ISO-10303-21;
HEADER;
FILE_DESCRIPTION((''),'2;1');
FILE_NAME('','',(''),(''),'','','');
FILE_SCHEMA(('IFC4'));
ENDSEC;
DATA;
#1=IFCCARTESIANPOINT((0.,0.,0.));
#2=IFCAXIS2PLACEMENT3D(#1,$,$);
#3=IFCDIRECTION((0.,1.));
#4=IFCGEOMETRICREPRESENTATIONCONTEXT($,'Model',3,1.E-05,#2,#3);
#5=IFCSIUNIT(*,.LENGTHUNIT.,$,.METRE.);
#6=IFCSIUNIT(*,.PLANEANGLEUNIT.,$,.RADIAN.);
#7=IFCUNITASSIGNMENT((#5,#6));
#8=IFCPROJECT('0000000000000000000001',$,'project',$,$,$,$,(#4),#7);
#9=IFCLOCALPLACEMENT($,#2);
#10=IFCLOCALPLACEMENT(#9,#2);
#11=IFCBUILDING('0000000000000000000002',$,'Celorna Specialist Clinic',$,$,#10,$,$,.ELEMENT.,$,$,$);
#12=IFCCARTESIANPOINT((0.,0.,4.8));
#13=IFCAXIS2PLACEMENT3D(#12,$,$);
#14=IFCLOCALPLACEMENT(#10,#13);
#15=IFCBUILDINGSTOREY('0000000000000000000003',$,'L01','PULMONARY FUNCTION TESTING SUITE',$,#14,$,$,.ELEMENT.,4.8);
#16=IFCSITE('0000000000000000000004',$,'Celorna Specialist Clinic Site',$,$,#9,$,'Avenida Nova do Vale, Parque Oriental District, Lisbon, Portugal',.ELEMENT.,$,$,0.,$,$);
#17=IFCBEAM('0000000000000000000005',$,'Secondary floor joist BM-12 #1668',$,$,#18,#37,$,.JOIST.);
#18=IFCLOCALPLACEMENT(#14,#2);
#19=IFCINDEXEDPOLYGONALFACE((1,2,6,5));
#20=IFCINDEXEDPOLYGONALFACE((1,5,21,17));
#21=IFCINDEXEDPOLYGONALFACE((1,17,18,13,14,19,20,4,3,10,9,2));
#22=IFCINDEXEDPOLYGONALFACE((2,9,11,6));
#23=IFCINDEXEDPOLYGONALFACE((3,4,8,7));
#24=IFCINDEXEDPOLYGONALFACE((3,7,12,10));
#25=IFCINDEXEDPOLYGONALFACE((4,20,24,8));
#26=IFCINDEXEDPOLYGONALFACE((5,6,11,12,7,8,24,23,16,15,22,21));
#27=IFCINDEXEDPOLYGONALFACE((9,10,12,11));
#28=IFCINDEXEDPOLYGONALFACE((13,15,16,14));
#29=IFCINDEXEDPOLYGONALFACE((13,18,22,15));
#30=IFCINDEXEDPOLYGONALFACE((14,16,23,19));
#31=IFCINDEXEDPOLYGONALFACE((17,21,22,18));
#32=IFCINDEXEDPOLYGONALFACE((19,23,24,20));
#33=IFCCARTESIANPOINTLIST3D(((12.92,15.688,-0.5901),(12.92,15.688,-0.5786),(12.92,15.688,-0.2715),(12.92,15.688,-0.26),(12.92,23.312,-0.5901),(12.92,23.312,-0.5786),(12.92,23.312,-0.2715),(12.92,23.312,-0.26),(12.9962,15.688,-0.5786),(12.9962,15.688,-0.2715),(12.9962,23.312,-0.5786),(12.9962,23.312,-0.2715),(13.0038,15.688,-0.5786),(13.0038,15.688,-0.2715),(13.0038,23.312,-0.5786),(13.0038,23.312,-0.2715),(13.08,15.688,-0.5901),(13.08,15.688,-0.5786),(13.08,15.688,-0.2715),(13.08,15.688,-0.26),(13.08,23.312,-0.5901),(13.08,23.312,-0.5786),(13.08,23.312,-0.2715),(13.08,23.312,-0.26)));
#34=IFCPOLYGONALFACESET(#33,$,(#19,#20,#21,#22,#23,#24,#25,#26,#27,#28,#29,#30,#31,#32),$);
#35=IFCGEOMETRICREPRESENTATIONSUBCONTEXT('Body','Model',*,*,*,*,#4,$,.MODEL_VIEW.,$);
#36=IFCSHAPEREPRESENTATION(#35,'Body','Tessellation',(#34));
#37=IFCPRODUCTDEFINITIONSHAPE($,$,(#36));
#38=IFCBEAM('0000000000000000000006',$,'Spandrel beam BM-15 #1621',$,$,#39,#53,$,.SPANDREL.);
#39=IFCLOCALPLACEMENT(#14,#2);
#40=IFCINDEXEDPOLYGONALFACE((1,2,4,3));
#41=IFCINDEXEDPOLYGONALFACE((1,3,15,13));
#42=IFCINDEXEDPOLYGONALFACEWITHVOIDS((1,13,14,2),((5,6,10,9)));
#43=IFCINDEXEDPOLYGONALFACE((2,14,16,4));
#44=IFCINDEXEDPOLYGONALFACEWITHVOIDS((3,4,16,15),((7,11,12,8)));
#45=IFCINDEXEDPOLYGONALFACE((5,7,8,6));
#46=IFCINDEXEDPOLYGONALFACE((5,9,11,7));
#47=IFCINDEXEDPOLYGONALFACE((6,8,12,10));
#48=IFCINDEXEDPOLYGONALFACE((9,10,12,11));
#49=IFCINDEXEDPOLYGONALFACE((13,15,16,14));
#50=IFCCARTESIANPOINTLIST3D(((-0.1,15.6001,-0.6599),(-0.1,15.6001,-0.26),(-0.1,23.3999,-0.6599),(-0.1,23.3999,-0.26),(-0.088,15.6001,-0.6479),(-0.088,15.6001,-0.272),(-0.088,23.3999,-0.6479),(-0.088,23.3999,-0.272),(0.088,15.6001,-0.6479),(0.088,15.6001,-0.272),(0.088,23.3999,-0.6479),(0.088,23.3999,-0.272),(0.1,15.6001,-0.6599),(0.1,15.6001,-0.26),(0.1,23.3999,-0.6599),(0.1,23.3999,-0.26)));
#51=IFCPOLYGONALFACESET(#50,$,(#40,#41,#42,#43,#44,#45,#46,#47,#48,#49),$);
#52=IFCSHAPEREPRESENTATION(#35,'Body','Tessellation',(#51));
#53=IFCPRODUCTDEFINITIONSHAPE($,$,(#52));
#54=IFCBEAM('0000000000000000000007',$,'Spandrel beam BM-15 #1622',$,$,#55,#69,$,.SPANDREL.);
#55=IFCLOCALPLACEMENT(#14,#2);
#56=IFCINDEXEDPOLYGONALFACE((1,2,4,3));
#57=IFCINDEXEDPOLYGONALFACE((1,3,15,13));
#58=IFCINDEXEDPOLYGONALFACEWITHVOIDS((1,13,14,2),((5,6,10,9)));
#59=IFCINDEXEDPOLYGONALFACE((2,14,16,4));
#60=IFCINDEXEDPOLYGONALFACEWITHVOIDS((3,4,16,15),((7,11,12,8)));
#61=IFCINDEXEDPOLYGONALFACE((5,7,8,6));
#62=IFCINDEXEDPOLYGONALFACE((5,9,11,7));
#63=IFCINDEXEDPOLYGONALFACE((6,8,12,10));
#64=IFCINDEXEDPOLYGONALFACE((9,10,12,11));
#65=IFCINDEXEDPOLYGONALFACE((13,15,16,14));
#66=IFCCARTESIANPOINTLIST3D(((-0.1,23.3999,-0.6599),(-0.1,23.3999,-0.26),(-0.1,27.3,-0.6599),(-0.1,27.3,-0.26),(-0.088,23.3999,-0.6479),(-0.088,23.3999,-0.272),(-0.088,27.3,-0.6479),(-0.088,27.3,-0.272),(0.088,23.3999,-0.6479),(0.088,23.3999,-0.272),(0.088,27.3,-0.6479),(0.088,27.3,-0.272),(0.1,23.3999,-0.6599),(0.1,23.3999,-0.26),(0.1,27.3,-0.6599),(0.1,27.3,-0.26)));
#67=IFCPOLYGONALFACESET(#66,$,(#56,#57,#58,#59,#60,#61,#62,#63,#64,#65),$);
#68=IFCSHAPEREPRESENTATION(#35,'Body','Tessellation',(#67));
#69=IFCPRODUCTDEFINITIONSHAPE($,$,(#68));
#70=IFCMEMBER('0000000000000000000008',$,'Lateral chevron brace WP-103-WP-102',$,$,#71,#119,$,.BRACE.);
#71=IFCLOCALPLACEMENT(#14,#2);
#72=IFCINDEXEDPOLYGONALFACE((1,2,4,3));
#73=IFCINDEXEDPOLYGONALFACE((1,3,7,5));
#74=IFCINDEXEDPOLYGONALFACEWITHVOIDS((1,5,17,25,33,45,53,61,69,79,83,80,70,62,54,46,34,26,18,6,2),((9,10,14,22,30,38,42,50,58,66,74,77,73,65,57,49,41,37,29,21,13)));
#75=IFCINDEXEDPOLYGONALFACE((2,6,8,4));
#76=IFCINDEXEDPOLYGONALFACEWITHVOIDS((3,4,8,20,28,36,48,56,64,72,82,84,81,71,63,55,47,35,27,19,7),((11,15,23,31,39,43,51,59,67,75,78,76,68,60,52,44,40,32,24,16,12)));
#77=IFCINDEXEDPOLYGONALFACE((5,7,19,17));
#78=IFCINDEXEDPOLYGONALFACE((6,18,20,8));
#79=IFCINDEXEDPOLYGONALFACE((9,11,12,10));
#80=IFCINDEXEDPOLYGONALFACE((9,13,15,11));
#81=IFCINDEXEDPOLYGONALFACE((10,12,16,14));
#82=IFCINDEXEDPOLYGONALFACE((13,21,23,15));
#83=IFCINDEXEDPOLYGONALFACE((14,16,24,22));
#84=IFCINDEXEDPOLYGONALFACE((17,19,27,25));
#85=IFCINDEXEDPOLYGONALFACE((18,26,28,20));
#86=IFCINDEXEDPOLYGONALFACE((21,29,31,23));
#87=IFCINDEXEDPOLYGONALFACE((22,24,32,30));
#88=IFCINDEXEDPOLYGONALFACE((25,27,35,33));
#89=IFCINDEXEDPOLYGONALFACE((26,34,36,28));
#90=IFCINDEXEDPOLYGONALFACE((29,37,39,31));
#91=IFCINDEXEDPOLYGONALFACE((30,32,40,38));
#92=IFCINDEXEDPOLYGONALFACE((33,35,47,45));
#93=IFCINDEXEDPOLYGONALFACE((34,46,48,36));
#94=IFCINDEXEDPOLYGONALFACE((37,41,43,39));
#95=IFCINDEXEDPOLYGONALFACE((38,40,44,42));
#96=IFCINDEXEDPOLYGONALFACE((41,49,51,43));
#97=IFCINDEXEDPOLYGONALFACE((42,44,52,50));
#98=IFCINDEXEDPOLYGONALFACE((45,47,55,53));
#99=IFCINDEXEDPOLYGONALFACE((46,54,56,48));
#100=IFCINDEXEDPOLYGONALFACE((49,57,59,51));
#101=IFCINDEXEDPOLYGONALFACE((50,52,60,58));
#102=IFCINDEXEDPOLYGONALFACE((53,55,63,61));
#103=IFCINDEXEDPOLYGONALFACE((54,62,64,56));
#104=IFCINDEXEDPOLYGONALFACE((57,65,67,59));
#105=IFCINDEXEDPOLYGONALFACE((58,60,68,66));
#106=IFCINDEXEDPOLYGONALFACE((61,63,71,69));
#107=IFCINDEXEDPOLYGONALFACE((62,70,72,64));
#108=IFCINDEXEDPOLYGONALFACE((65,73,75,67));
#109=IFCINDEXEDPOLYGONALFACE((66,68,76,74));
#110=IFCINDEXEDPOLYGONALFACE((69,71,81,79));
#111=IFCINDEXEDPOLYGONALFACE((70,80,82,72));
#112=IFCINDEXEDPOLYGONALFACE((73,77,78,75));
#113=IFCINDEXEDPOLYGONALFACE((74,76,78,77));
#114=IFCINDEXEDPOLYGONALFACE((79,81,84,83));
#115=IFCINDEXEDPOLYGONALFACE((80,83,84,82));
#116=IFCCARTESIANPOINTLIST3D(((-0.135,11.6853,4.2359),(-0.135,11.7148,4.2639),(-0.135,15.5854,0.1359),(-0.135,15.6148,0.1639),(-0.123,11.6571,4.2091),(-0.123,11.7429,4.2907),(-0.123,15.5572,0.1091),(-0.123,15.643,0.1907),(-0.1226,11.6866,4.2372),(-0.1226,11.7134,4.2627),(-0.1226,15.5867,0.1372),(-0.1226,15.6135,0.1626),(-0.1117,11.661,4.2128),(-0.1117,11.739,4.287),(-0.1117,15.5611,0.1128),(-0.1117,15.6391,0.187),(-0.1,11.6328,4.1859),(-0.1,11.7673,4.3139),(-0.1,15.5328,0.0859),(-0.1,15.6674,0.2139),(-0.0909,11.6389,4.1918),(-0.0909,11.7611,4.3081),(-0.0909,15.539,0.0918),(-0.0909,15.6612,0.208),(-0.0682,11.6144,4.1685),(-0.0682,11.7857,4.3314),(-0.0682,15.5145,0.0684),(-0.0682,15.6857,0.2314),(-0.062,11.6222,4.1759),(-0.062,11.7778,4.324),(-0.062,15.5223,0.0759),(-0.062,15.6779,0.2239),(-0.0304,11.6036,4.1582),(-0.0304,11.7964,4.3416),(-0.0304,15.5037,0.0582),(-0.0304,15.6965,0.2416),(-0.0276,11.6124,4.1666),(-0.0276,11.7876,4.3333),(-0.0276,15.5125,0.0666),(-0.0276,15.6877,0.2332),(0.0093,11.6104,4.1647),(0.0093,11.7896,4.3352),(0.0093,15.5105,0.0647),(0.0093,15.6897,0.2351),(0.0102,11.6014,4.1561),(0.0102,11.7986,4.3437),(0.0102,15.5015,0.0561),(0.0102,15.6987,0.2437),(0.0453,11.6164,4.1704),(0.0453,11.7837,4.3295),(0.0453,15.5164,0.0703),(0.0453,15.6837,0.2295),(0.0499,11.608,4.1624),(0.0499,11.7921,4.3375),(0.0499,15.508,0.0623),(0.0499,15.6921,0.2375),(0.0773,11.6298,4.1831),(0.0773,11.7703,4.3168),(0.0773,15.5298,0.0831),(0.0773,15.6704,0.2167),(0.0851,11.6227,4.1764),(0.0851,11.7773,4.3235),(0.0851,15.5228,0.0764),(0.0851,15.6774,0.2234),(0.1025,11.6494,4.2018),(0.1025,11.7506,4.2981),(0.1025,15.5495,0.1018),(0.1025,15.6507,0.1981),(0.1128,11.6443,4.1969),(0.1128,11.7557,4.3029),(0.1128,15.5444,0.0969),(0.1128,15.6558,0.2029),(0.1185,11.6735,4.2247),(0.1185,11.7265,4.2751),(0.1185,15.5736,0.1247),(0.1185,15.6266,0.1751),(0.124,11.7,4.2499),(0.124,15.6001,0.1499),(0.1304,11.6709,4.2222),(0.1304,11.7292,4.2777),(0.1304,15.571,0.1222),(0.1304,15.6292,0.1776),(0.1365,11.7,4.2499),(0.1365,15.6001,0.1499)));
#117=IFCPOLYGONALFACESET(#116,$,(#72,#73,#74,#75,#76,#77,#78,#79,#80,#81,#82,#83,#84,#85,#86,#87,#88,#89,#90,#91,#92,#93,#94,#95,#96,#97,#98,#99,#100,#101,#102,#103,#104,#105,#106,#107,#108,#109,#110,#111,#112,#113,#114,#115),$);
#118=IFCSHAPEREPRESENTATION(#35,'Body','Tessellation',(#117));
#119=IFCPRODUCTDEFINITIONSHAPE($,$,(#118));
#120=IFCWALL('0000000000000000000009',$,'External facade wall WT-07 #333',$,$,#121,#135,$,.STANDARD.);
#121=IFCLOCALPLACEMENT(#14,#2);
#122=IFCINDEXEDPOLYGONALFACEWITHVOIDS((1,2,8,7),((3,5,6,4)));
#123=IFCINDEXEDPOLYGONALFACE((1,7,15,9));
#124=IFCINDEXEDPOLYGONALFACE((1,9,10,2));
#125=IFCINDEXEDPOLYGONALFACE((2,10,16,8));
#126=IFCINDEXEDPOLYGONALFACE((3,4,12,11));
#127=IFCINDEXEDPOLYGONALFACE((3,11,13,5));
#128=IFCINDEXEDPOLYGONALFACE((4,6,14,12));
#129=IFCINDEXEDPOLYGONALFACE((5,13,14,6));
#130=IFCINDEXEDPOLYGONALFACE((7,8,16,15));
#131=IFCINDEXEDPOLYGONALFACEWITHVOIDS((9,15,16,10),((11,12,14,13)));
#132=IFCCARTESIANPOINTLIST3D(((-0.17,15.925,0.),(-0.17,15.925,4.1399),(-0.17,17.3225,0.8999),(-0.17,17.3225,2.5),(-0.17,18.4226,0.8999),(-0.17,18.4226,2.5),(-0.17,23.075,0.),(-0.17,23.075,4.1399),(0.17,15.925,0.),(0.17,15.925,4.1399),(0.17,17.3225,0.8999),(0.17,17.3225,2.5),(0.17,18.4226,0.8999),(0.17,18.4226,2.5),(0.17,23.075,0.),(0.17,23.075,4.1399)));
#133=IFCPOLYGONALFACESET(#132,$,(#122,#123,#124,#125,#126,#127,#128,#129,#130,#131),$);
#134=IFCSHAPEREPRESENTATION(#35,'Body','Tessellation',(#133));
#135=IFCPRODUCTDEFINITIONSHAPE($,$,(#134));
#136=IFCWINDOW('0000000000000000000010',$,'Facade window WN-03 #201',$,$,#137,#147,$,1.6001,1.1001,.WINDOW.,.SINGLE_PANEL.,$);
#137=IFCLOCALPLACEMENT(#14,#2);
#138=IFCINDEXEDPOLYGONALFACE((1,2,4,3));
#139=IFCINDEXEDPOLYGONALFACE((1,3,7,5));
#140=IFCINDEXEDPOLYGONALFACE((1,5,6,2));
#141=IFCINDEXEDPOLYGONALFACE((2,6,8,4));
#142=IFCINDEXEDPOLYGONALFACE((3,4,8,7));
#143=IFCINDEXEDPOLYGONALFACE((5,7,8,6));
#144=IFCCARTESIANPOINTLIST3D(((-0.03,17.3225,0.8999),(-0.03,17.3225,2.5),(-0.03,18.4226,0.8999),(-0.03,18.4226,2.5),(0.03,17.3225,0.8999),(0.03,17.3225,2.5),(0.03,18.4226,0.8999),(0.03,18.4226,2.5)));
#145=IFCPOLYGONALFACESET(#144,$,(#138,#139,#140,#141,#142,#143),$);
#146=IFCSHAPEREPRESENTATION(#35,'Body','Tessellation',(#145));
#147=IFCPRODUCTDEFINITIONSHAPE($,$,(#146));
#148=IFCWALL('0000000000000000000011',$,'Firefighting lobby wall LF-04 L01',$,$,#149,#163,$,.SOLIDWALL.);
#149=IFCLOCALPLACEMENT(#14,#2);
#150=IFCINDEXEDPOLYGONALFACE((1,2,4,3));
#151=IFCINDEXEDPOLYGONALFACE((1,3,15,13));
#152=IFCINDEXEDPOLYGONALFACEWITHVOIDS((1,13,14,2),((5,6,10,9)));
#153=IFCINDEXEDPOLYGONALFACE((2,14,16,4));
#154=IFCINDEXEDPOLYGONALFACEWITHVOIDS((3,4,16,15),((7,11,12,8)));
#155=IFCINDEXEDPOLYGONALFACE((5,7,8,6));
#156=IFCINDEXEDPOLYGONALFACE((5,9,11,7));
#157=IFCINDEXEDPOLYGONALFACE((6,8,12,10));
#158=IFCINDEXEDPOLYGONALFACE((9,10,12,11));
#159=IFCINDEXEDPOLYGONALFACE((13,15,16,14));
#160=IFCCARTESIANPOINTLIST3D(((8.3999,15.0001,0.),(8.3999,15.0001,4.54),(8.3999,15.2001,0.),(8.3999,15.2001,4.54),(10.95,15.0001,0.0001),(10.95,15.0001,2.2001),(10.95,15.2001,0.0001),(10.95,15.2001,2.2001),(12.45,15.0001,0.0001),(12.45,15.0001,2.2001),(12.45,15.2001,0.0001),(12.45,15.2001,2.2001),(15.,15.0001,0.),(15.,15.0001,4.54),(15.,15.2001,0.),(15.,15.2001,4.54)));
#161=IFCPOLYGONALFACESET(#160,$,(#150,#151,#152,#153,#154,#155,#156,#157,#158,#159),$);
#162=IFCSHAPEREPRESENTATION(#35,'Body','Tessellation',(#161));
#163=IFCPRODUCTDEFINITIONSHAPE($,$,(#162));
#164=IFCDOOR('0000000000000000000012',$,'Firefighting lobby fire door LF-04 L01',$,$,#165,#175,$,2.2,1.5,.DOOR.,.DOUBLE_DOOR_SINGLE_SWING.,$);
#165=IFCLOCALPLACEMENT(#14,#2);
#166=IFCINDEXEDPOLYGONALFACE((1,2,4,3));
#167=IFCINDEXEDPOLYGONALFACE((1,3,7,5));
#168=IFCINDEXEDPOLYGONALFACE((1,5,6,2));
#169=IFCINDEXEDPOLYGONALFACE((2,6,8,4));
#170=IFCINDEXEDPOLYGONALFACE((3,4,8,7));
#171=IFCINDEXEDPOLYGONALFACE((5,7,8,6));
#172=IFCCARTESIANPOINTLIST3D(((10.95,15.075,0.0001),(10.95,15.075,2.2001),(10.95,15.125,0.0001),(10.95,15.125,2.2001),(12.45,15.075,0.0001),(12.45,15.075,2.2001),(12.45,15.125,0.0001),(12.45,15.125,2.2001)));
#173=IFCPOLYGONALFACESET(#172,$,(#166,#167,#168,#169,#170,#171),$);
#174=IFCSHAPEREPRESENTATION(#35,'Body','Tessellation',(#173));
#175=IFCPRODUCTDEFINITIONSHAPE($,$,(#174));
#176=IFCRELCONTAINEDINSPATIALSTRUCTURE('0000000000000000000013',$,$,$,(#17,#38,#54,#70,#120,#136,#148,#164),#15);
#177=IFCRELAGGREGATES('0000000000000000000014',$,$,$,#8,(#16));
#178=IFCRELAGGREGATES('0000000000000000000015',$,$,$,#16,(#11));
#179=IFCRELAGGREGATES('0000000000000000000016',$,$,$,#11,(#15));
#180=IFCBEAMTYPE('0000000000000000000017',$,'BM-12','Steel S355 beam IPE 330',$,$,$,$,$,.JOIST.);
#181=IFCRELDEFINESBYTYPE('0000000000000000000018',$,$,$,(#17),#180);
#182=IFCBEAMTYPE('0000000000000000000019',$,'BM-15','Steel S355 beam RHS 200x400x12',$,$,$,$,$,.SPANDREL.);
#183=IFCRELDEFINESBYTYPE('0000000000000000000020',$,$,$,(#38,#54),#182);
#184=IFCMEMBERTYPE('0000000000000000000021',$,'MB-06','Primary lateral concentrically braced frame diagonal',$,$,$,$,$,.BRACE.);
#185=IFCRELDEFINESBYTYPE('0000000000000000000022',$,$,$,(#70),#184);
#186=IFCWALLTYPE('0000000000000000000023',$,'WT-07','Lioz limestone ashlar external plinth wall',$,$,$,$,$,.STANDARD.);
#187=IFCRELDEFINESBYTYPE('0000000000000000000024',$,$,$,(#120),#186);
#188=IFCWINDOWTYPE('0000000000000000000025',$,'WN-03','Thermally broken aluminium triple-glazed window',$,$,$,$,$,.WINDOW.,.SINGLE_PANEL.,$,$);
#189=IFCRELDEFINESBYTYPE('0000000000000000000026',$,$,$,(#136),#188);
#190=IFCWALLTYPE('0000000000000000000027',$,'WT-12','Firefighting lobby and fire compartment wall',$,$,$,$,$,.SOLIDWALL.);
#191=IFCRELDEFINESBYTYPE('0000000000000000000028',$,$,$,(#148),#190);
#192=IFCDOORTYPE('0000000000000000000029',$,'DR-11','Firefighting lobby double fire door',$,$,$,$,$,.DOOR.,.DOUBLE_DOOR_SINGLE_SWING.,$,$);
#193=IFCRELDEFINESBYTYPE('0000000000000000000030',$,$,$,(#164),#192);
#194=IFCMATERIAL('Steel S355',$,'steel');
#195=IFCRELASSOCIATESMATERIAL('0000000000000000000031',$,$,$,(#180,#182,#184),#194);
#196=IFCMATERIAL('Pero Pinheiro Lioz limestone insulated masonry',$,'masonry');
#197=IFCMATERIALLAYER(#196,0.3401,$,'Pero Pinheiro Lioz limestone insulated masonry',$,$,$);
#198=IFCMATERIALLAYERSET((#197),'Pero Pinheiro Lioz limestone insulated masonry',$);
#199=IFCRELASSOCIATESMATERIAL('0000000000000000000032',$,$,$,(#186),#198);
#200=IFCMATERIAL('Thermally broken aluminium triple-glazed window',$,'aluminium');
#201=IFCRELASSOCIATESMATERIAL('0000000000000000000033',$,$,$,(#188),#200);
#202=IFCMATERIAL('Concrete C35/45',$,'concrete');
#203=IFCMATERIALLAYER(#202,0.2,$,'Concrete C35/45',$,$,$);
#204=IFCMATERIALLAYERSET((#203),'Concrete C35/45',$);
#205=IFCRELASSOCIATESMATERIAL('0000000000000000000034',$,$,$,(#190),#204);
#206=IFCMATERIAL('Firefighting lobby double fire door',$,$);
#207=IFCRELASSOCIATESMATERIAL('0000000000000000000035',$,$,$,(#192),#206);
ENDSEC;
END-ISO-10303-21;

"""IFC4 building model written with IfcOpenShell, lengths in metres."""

from ifc_helpers import new_model, si_unit, direction, frame, frame_2d, origin, origin_2d, place, context, subcontext, project, spatial, rectangle, hollow_rectangle, hollow_circle, i_section, extrude, material, layer, layer_set, material_profile, profile_set, type_object, element, fill, save


model = new_model("IFC4")

# Units and contexts
model_context = context("Model", 3, precision=1e-05, world=origin(), true_north=direction((0.0, 1.0)))
body_context = subcontext(model_context, "Body", "Model", "MODEL_VIEW")
ifc_project = project(units=[si_unit("LENGTHUNIT", "METRE"), si_unit("PLANEANGLEUNIT", "RADIAN")], contexts=[model_context])

# Site, building, storey
site_placement = place(None, origin())
site = spatial("IfcSite", under=ifc_project, at=site_placement, Name="Celorna Specialist Clinic Site", LongName="Avenida Nova do Vale, Parque Oriental District, Lisbon, Portugal", CompositionType="ELEMENT", RefElevation=0.0)
building_placement = place(site_placement, origin())
building = spatial("IfcBuilding", under=site, at=building_placement, Name="Celorna Specialist Clinic", CompositionType="ELEMENT")
storey_placement = place(building_placement, frame((0.0, 0.0, 4.8)))
storey = spatial("IfcBuildingStorey", under=building, at=storey_placement, Name="L01", Description="PULMONARY FUNCTION TESTING SUITE", CompositionType="ELEMENT", Elevation=4.8)

# Beams
ifc_material_1 = material(Name="Steel S355", Category="steel")
ifc_material_profile_1 = material_profile(ifc_material_1, i_section(OverallWidth=0.1599, OverallDepth=0.3301, WebThickness=0.0076, FlangeThickness=0.0115, at=origin_2d()), Name="IPE 330")
ifc_profile_set_1 = profile_set([ifc_material_profile_1], Name="Steel S355")
beam_type_1 = type_object("IfcBeamType", Name="BM-12", Description="Steel S355 beam IPE 330", PredefinedType="JOIST", material=ifc_profile_set_1)
for number, where, z_axis, x_axis, name in (
    (1, (13.0, 15.688, -0.425), (0.0, 1.0, 0.0), (-1.0, 0.0, 0.0), "Secondary floor joist BM-12 #1668"),
):
    element("IfcBeam", number, at=place(storey_placement, frame(where, z_axis=z_axis, x_axis=x_axis)), inside=storey, type_object=beam_type_1, Name=name, PredefinedType="JOIST", context=body_context, shape_type="SweptSolid", body=[
        extrude(i_section(OverallWidth=0.1599, OverallDepth=0.3301, WebThickness=0.0076, FlangeThickness=0.0115, at=origin_2d()), origin(), (0.0, 0.0, 1.0), 7.624),
    ])
ifc_material_profile_2 = material_profile(ifc_material_1, hollow_rectangle(XDim=0.2, YDim=0.3999, WallThickness=0.012, at=origin_2d()), Name="RHS 200x400x12")
ifc_profile_set_2 = profile_set([ifc_material_profile_2], Name="Steel S355")
beam_type_2 = type_object("IfcBeamType", Name="BM-15", Description="Steel S355 beam RHS 200x400x12", PredefinedType="SPANDREL", material=ifc_profile_set_2)
beam_1_placement = place(storey_placement, frame((0.0, 15.6001, -0.46), z_axis=(0.0, 1.0, 0.0), x_axis=(-1.0, 0.0, 0.0)))
element("IfcBeam", 2, at=beam_1_placement, inside=storey, type_object=beam_type_2, Name="Spandrel beam BM-15 #1621", PredefinedType="SPANDREL", context=body_context, shape_type="SweptSolid", body=[
    extrude(hollow_rectangle(XDim=0.2, YDim=0.3999, WallThickness=0.012, at=origin_2d()), origin(), (0.0, 0.0, 1.0), 7.7998),
])
beam_2_placement = place(storey_placement, frame((0.0, 23.3999, -0.46), z_axis=(0.0, 1.0, 0.0), x_axis=(-1.0, 0.0, 0.0)))
element("IfcBeam", 3, at=beam_2_placement, inside=storey, type_object=beam_type_2, Name="Spandrel beam BM-15 #1622", PredefinedType="SPANDREL", context=body_context, shape_type="SweptSolid", body=[
    extrude(hollow_rectangle(XDim=0.2, YDim=0.3999, WallThickness=0.012, at=origin_2d()), origin(), (0.0, 0.0, 1.0), 3.9001),
])

# Member
ifc_material_profile_3 = material_profile(ifc_material_1, hollow_circle(Radius=0.1365, WallThickness=0.0125, at=origin_2d()), Name="CHS 273x12.5")
ifc_profile_set_3 = profile_set([ifc_material_profile_3], Name="Steel S355")
member_type = type_object("IfcMemberType", Name="MB-06", Description="Primary lateral concentrically braced frame diagonal", PredefinedType="BRACE", material=ifc_profile_set_3)
member_placement = place(storey_placement, frame((0.0, 15.6001, 0.1499), z_axis=(0.0, -0.689219, 0.724553), x_axis=(1.0, 0.0, 0.0)))
element("IfcMember", 4, at=member_placement, inside=storey, type_object=member_type, Name="Lateral chevron brace WP-103-WP-102", PredefinedType="BRACE", context=body_context, shape_type="SweptSolid", body=[
    extrude(hollow_circle(Radius=0.1365, WallThickness=0.0125, at=origin_2d()), origin(), (0.0, 0.0, 1.0), 5.6587),
])

# Wall, opening, window
ifc_material_2 = material(Name="Pero Pinheiro Lioz limestone insulated masonry", Category="masonry")
ifc_layer_1 = layer(ifc_material_2, 0.3401, Name="Pero Pinheiro Lioz limestone insulated masonry")
ifc_layer_set_1 = layer_set([ifc_layer_1], Name="Pero Pinheiro Lioz limestone insulated masonry")
wall_type_1 = type_object("IfcWallType", Name="WT-07", Description="Lioz limestone ashlar external plinth wall", PredefinedType="STANDARD", material=ifc_layer_set_1)
wall_1_placement = place(storey_placement, frame((0.0, 15.925, 0.0), z_axis=(0.0, 0.0, 1.0), x_axis=(0.0, 1.0, 0.0)))
wall_1 = element("IfcWall", 5, at=wall_1_placement, inside=storey, type_object=wall_type_1, Name="External facade wall WT-07 #333", PredefinedType="STANDARD", context=body_context, shape_type="SweptSolid", body=[
    extrude(rectangle(XDim=7.1499, YDim=0.3401, at=frame_2d((3.575, 0.0))), origin(), (0.0, 0.0, 1.0), 4.1399),
])
opening_1_placement = place(wall_1_placement, frame((1.3975, 0.0, 0.8999)))
opening_1 = element("IfcOpeningElement", 6, at=opening_1_placement, cuts=wall_1, PredefinedType="OPENING", context=body_context, shape_type="SweptSolid", body=[
    extrude(rectangle(XDim=1.1001, YDim=1.6001, at=frame_2d((0.55, 0.8))), frame((0.0, 0.1799, 0.0), z_axis=(0.0, -1.0, 0.0), x_axis=(1.0, 0.0, 0.0)), (0.0, 0.0, 1.0), 0.3601),
])
ifc_material_3 = material(Name="Thermally broken aluminium triple-glazed window", Category="aluminium")
window_type = type_object("IfcWindowType", Name="WN-03", Description="Thermally broken aluminium triple-glazed window", PartitioningType="SINGLE_PANEL", PredefinedType="WINDOW", material=ifc_material_3)
window_placement = place(opening_1_placement, origin())
window = element("IfcWindow", 7, at=window_placement, inside=storey, type_object=window_type, Name="Facade window WN-03 #201", OverallHeight=1.6001, OverallWidth=1.1001, PartitioningType="SINGLE_PANEL", PredefinedType="WINDOW", context=body_context, shape_type="SweptSolid", body=[
    extrude(rectangle(XDim=1.1001, YDim=1.6001, at=frame_2d((0.55, 0.8))), frame((0.0, 0.03, 0.0), z_axis=(0.0, -1.0, 0.0), x_axis=(1.0, 0.0, 0.0)), (0.0, 0.0, 1.0), 0.0601),
])
fill(opening_1, window)

# Wall, opening, door
ifc_material_4 = material(Name="Concrete C35/45", Category="concrete")
ifc_layer_2 = layer(ifc_material_4, 0.2, Name="Concrete C35/45")
ifc_layer_set_2 = layer_set([ifc_layer_2], Name="Concrete C35/45")
wall_type_2 = type_object("IfcWallType", Name="WT-12", Description="Firefighting lobby and fire compartment wall", PredefinedType="SOLIDWALL", material=ifc_layer_set_2)
wall_2_placement = place(storey_placement, frame((8.3999, 15.1001, 0.0), z_axis=(0.0, 0.0, 1.0), x_axis=(1.0, 0.0, 0.0)))
wall_2 = element("IfcWall", 8, at=wall_2_placement, inside=storey, type_object=wall_type_2, Name="Firefighting lobby wall LF-04 L01", PredefinedType="SOLIDWALL", context=body_context, shape_type="SweptSolid", body=[
    extrude(rectangle(XDim=6.6001, YDim=0.2, at=frame_2d((3.3, 0.0))), origin(), (0.0, 0.0, 1.0), 4.54),
])
opening_2_placement = place(wall_2_placement, frame((2.55, 0.0, 0.0)))
opening_2 = element("IfcOpeningElement", 9, at=opening_2_placement, cuts=wall_2, PredefinedType="OPENING", context=body_context, shape_type="SweptSolid", body=[
    extrude(rectangle(XDim=1.5, YDim=2.2, at=frame_2d((0.75, 1.1001))), frame((0.0, 0.1099, 0.0), z_axis=(0.0, -1.0, 0.0), x_axis=(1.0, 0.0, 0.0)), (0.0, 0.0, 1.0), 0.22),
])
ifc_material_5 = material(Name="Firefighting lobby double fire door")
door_type_1 = type_object("IfcDoorType", Name="DR-11", Description="Firefighting lobby double fire door", OperationType="DOUBLE_DOOR_SINGLE_SWING", PredefinedType="DOOR", material=ifc_material_5)
door_1_placement = place(opening_2_placement, origin())
door_1 = element("IfcDoor", 10, at=door_1_placement, inside=storey, type_object=door_type_1, Name="Firefighting lobby fire door LF-04 L01", OperationType="DOUBLE_DOOR_SINGLE_SWING", OverallHeight=2.2, OverallWidth=1.5, PredefinedType="DOOR", context=body_context, shape_type="SweptSolid", body=[
    extrude(rectangle(XDim=1.5, YDim=2.2, at=frame_2d((0.75, 1.1001))), frame((0.0, 0.0249, 0.0), z_axis=(0.0, -1.0, 0.0), x_axis=(1.0, 0.0, 0.0)), (0.0, 0.0, 1.0), 0.05),
])
fill(opening_2, door_1)

save(model, "model.ifc")
